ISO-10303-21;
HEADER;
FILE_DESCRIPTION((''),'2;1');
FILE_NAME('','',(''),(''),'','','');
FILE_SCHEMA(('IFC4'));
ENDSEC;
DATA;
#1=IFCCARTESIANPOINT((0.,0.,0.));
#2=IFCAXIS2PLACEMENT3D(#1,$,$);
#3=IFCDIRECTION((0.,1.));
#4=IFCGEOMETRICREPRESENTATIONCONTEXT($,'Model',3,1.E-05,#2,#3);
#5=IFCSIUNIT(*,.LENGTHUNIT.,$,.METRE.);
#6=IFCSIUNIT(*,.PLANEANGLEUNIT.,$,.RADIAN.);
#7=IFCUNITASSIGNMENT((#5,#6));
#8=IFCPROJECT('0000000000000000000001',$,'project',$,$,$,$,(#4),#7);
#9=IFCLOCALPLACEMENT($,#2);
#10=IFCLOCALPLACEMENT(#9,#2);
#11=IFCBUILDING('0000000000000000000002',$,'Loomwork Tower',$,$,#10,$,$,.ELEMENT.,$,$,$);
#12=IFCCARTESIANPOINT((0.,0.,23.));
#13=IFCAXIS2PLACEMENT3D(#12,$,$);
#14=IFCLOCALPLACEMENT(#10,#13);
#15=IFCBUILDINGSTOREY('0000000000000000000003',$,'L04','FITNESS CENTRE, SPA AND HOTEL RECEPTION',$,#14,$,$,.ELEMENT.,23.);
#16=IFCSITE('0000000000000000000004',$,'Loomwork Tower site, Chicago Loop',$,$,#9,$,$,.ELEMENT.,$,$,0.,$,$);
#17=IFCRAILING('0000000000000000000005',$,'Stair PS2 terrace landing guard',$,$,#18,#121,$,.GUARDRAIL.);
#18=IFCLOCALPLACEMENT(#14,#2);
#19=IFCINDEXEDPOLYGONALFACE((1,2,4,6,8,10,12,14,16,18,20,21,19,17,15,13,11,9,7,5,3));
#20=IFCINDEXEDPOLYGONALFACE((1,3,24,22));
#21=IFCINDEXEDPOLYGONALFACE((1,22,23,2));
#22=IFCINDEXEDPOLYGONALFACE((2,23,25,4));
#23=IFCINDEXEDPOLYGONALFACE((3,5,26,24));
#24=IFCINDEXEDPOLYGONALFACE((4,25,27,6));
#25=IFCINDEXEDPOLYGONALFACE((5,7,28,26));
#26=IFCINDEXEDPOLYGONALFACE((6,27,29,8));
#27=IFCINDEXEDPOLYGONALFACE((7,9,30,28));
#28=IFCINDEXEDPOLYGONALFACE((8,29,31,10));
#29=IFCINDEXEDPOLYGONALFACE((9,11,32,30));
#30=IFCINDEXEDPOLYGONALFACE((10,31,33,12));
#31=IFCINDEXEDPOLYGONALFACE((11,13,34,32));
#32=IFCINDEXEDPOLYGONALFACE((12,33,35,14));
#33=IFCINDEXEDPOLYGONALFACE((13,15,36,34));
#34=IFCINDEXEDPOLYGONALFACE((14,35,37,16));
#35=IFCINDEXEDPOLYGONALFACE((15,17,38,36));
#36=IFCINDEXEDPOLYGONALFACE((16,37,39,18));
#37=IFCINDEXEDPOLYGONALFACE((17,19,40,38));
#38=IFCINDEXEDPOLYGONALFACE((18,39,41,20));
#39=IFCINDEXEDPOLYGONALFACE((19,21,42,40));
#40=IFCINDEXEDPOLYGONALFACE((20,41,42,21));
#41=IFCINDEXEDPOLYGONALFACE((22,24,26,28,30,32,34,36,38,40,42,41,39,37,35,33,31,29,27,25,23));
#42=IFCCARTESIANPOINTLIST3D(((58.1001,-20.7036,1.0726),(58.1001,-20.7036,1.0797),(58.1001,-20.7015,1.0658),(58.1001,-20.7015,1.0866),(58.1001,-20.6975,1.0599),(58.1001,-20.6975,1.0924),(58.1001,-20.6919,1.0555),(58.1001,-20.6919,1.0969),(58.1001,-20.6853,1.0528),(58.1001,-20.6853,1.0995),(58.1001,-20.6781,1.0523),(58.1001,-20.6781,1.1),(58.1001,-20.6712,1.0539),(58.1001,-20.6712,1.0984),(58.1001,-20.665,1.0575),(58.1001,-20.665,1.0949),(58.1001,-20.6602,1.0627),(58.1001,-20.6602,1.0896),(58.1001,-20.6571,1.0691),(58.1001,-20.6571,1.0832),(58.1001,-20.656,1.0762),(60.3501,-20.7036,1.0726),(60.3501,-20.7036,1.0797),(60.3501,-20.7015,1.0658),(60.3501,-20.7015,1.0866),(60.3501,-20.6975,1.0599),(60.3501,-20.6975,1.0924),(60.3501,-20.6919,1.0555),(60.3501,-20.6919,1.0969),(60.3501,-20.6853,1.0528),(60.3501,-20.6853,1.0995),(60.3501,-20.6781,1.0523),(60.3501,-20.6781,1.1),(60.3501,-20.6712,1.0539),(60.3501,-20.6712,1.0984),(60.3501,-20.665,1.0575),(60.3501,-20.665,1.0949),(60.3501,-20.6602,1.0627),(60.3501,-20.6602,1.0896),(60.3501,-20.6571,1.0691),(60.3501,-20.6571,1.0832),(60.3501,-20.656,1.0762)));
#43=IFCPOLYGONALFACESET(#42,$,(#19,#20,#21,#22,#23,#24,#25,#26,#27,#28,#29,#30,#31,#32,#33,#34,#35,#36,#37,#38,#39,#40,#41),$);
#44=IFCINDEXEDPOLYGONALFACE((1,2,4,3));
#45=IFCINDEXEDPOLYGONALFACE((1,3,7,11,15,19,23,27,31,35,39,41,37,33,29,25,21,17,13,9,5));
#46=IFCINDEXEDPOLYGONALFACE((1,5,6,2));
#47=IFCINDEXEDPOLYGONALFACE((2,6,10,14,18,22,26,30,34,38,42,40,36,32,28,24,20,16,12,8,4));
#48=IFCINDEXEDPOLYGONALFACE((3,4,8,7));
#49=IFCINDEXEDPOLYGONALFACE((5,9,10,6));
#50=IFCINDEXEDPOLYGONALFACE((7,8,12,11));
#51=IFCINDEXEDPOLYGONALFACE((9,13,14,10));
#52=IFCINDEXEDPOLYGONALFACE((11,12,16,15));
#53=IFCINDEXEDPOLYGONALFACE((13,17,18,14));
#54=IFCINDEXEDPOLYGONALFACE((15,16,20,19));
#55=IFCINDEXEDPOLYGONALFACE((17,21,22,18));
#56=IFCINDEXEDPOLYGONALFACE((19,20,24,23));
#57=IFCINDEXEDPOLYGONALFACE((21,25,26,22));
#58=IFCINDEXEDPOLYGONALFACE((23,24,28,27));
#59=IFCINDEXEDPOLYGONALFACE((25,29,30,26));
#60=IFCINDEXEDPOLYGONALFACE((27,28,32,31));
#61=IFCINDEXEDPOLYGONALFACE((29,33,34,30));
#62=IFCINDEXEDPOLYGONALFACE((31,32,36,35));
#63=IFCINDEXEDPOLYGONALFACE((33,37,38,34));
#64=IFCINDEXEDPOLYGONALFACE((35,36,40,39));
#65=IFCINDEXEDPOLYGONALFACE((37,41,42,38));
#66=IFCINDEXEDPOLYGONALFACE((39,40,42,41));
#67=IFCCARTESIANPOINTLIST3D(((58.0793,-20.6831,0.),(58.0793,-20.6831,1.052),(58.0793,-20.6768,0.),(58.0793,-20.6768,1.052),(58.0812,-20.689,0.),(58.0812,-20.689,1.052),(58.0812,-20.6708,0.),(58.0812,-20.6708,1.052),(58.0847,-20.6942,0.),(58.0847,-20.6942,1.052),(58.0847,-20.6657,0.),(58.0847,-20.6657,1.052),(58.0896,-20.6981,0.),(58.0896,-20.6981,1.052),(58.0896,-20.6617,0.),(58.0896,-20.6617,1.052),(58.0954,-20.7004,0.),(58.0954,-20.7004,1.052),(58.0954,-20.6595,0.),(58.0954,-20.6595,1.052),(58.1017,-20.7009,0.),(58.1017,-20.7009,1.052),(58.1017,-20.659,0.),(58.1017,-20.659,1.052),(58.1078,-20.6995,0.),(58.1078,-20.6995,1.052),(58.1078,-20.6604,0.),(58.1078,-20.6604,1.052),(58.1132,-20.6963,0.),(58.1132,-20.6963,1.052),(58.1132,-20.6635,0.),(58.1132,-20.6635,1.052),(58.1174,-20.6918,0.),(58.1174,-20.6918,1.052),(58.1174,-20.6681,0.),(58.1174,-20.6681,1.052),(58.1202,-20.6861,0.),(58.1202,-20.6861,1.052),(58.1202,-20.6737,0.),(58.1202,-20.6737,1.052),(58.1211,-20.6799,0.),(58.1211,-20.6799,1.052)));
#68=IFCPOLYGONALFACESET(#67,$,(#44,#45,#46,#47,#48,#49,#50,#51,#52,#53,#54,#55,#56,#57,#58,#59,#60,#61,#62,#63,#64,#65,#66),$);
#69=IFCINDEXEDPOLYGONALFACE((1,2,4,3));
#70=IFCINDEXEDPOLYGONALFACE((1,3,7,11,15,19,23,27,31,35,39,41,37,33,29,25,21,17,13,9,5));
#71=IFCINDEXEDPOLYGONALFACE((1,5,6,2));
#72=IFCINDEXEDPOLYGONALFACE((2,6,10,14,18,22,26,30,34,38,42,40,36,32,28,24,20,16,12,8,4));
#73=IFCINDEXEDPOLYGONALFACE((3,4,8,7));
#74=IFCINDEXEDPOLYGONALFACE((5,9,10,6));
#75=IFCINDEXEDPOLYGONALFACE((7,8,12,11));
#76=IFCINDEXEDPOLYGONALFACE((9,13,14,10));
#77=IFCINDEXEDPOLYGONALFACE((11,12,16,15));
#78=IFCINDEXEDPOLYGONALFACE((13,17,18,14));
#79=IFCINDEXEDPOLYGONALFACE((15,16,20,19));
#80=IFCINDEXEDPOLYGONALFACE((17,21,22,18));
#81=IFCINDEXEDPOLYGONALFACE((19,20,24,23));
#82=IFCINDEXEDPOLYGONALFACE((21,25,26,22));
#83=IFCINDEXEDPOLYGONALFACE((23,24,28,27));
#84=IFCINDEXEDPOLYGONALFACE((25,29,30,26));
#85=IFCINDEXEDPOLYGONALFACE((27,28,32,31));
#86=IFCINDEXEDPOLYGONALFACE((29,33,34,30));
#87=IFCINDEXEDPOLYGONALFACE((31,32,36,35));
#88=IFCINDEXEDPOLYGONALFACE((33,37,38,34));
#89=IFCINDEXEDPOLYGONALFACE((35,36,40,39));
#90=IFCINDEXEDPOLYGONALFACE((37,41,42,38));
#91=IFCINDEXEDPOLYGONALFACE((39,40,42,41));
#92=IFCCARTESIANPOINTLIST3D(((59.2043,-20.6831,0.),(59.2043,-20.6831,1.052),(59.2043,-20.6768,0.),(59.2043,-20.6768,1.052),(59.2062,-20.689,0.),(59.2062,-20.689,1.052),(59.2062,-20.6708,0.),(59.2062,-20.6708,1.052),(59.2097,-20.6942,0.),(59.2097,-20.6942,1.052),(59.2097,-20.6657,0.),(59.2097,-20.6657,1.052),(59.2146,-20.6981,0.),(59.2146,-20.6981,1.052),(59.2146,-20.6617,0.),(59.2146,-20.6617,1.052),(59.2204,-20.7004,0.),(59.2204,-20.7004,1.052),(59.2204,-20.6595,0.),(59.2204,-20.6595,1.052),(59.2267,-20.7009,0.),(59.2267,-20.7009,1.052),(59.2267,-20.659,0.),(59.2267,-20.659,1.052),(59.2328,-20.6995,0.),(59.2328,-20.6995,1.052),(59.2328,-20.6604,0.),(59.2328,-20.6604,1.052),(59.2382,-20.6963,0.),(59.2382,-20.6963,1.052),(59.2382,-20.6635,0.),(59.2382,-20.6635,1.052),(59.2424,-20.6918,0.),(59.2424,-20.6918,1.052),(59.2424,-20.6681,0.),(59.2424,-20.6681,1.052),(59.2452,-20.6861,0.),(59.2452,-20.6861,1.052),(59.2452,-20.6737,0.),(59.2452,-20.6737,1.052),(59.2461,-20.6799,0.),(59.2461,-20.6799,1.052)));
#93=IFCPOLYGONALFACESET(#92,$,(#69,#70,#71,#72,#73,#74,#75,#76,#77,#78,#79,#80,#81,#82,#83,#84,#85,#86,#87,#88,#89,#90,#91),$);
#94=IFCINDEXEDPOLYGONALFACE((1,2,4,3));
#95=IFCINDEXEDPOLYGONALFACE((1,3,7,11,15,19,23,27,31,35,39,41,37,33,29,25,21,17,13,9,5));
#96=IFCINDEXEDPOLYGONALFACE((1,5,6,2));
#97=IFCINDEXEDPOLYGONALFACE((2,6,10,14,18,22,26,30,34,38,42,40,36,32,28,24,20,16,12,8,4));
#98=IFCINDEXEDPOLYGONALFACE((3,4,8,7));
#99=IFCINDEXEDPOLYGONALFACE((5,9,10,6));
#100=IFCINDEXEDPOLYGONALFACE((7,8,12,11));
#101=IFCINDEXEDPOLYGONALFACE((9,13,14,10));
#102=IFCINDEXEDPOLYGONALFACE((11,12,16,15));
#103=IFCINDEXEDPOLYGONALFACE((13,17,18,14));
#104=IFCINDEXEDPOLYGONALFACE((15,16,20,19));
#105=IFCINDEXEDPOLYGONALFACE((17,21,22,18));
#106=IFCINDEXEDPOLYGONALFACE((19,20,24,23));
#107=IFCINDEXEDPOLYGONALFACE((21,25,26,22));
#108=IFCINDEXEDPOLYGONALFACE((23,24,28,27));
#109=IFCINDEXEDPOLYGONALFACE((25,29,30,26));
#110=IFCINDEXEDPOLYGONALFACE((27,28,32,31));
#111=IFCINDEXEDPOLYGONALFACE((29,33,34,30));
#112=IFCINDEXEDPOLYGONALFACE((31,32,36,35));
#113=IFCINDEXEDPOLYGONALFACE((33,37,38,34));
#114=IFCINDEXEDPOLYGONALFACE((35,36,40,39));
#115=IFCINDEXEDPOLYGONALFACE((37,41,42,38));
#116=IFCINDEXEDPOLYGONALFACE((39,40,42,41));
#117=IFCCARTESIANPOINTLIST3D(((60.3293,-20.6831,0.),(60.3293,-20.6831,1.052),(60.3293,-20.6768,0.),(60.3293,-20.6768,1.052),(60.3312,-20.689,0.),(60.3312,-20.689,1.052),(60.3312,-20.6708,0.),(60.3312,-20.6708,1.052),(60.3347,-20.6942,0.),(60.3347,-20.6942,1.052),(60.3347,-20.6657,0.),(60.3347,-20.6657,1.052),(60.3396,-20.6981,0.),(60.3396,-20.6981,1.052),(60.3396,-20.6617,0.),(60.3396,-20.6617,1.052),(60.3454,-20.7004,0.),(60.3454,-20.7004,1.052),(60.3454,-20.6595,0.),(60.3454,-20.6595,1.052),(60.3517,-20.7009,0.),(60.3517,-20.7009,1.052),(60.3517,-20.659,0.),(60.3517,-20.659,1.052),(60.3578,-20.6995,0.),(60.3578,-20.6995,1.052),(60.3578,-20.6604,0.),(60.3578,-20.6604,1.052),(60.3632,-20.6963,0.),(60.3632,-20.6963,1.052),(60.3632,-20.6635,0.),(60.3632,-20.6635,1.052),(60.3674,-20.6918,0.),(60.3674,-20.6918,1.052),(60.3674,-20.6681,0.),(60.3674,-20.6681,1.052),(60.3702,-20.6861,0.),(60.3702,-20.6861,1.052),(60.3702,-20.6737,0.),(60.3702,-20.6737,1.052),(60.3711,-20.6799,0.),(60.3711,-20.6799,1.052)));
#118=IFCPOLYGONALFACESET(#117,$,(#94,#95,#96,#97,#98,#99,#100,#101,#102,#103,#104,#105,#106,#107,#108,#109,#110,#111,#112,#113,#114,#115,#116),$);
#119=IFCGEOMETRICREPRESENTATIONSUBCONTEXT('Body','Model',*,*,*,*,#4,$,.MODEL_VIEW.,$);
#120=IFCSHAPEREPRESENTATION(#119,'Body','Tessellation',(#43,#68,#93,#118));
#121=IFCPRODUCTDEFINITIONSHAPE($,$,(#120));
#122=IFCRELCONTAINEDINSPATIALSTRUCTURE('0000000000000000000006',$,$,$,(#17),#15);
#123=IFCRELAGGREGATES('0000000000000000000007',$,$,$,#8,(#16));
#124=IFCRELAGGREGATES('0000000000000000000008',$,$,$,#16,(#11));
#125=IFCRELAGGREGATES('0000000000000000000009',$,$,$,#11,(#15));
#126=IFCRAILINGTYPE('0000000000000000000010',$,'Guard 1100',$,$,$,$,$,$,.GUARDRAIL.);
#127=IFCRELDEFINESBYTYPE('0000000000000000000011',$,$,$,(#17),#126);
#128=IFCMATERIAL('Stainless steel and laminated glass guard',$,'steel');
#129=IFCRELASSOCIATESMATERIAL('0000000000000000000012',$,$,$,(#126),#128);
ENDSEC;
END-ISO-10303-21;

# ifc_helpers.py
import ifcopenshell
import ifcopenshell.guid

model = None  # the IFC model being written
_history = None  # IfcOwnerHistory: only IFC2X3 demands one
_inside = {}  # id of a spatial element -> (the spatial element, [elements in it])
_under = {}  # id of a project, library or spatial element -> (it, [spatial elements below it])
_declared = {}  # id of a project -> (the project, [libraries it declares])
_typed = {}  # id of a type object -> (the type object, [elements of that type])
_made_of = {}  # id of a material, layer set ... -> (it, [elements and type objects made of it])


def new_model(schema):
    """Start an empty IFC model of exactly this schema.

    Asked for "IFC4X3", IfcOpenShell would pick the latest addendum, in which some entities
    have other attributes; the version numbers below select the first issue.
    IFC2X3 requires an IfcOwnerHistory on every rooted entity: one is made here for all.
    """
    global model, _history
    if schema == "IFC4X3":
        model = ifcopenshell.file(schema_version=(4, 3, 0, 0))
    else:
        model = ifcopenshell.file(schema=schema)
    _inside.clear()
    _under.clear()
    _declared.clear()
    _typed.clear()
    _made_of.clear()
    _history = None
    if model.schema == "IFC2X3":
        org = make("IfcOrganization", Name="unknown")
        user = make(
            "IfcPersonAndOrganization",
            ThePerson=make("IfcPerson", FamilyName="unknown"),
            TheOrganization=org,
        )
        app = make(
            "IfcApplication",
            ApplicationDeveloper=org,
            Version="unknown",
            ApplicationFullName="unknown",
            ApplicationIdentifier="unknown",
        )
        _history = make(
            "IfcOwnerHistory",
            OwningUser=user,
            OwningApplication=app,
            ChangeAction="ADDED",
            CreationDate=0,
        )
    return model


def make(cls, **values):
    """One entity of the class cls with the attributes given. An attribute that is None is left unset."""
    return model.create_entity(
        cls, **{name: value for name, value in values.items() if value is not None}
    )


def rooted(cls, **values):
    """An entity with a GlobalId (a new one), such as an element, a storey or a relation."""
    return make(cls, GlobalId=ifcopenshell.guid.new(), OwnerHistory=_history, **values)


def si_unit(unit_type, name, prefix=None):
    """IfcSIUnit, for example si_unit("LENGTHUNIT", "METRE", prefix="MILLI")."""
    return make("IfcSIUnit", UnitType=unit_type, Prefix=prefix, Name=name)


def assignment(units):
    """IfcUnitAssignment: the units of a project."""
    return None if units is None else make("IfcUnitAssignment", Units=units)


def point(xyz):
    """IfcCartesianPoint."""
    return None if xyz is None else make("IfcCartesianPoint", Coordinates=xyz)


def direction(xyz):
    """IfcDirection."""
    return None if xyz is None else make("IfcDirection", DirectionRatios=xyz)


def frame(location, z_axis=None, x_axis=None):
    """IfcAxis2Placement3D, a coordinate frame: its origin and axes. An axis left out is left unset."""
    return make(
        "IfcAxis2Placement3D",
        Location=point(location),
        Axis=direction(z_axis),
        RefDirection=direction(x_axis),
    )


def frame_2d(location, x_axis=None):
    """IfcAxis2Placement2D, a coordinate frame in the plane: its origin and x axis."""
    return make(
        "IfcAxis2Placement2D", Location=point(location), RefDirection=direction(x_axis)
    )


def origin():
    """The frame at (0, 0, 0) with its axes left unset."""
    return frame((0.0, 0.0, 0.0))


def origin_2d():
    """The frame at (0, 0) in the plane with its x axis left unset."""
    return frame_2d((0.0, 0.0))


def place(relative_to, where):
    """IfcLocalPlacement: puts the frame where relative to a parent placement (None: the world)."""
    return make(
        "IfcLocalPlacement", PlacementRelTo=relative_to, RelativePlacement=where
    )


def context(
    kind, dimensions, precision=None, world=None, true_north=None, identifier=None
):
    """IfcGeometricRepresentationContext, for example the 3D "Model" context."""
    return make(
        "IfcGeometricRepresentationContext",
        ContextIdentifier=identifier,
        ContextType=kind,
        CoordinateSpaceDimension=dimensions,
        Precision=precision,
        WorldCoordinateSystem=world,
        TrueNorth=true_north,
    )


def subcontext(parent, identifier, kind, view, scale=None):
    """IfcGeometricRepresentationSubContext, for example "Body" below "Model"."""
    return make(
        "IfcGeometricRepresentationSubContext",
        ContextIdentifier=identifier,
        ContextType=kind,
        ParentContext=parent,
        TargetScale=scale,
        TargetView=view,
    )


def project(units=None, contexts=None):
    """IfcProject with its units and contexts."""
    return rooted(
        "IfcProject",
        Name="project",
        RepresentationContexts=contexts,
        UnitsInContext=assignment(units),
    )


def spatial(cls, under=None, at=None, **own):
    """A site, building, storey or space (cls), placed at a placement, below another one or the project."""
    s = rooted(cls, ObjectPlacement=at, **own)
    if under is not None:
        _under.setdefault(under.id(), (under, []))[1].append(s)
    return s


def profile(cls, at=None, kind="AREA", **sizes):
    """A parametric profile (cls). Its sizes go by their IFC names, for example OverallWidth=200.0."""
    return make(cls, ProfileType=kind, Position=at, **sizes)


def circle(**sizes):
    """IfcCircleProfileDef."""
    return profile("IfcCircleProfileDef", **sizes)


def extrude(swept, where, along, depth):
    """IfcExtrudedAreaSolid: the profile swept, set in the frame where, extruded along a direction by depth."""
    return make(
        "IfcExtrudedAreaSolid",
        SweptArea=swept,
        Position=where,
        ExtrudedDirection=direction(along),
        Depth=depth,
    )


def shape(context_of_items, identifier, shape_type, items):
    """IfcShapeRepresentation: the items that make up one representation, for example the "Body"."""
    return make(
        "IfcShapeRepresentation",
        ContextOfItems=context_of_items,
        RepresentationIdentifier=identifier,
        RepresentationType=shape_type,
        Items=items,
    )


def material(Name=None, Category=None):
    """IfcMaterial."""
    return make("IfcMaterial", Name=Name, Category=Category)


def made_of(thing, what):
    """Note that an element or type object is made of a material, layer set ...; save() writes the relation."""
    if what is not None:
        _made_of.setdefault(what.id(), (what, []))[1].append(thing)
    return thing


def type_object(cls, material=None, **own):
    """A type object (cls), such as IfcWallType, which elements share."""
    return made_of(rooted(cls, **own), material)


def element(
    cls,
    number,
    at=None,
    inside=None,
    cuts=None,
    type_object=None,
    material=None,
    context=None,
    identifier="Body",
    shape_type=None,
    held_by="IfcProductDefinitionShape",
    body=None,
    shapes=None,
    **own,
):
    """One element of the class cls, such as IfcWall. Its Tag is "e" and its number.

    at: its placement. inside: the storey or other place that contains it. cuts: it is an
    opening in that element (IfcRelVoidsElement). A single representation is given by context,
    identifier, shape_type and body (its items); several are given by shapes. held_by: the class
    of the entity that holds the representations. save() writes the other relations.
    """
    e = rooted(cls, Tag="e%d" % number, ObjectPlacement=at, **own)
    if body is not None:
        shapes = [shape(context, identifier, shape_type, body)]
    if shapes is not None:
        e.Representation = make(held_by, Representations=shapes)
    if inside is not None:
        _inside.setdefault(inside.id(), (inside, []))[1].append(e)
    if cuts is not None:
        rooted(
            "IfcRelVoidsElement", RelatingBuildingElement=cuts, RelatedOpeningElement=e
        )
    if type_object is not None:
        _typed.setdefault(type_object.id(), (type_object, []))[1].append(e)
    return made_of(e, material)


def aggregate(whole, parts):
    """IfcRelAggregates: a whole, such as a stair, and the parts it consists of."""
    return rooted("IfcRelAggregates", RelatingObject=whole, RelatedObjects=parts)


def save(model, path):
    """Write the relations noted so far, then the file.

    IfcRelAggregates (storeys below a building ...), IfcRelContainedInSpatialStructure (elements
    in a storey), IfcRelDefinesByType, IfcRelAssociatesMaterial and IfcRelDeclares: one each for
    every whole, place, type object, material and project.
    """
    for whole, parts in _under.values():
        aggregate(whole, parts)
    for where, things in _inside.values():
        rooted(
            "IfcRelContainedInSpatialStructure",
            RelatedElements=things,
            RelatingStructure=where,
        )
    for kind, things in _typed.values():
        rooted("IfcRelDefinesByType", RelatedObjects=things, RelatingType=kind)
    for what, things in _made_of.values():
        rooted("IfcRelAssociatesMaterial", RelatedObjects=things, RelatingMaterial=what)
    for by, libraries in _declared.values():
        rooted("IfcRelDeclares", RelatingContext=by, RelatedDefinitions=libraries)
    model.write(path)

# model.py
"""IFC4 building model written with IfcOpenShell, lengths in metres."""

from ifc_helpers import new_model, si_unit, direction, frame, origin, origin_2d, place, context, subcontext, project, spatial, circle, extrude, material, type_object, element, save


model = new_model("IFC4")

# Units and contexts
model_context = context("Model", 3, precision=1e-05, world=origin(), true_north=direction((0.0, 1.0)))
body_context = subcontext(model_context, "Body", "Model", "MODEL_VIEW")
ifc_project = project(units=[si_unit("LENGTHUNIT", "METRE"), si_unit("PLANEANGLEUNIT", "RADIAN")], contexts=[model_context])

# Site, building, storey
site_placement = place(None, origin())
site = spatial("IfcSite", under=ifc_project, at=site_placement, Name="Loomwork Tower site, Chicago Loop", CompositionType="ELEMENT", RefElevation=0.0)
building_placement = place(site_placement, origin())
building = spatial("IfcBuilding", under=site, at=building_placement, Name="Loomwork Tower", CompositionType="ELEMENT")
storey_placement = place(building_placement, frame((0.0, 0.0, 23.0)))
storey = spatial("IfcBuildingStorey", under=building, at=storey_placement, Name="L04", Description="FITNESS CENTRE, SPA AND HOTEL RECEPTION", CompositionType="ELEMENT", Elevation=23.0)

# Railing
ifc_material_1 = material(Name="Stainless steel and laminated glass guard", Category="steel")
railing_type = type_object("IfcRailingType", Name="Guard 1100", PredefinedType="GUARDRAIL", material=ifc_material_1)
railing_1_placement = place(storey_placement, frame((58.1001, -20.6799, 0.0)))
element("IfcRailing", 1, at=railing_1_placement, inside=storey, type_object=railing_type, Name="Stair PS2 terrace landing guard", PredefinedType="GUARDRAIL", context=body_context, shape_type="SweptSolid", body=[
    extrude(circle(Radius=0.0239, at=origin_2d()), frame((0.0, 0.0, 1.0762), z_axis=(1.0, 0.0, 0.0), x_axis=(0.0, 1.0, 0.0)), (0.0, 0.0, 1.0), 2.25),
    extrude(circle(Radius=0.021, at=origin_2d()), origin(), (0.0, 0.0, 1.0), 1.052),
    extrude(circle(Radius=0.021, at=origin_2d()), frame((1.125, 0.0, 0.0)), (0.0, 0.0, 1.0), 1.052),
    extrude(circle(Radius=0.021, at=origin_2d()), frame((2.25, 0.0, 0.0)), (0.0, 0.0, 1.0), 1.052),
])

save(model, "model.ifc")
